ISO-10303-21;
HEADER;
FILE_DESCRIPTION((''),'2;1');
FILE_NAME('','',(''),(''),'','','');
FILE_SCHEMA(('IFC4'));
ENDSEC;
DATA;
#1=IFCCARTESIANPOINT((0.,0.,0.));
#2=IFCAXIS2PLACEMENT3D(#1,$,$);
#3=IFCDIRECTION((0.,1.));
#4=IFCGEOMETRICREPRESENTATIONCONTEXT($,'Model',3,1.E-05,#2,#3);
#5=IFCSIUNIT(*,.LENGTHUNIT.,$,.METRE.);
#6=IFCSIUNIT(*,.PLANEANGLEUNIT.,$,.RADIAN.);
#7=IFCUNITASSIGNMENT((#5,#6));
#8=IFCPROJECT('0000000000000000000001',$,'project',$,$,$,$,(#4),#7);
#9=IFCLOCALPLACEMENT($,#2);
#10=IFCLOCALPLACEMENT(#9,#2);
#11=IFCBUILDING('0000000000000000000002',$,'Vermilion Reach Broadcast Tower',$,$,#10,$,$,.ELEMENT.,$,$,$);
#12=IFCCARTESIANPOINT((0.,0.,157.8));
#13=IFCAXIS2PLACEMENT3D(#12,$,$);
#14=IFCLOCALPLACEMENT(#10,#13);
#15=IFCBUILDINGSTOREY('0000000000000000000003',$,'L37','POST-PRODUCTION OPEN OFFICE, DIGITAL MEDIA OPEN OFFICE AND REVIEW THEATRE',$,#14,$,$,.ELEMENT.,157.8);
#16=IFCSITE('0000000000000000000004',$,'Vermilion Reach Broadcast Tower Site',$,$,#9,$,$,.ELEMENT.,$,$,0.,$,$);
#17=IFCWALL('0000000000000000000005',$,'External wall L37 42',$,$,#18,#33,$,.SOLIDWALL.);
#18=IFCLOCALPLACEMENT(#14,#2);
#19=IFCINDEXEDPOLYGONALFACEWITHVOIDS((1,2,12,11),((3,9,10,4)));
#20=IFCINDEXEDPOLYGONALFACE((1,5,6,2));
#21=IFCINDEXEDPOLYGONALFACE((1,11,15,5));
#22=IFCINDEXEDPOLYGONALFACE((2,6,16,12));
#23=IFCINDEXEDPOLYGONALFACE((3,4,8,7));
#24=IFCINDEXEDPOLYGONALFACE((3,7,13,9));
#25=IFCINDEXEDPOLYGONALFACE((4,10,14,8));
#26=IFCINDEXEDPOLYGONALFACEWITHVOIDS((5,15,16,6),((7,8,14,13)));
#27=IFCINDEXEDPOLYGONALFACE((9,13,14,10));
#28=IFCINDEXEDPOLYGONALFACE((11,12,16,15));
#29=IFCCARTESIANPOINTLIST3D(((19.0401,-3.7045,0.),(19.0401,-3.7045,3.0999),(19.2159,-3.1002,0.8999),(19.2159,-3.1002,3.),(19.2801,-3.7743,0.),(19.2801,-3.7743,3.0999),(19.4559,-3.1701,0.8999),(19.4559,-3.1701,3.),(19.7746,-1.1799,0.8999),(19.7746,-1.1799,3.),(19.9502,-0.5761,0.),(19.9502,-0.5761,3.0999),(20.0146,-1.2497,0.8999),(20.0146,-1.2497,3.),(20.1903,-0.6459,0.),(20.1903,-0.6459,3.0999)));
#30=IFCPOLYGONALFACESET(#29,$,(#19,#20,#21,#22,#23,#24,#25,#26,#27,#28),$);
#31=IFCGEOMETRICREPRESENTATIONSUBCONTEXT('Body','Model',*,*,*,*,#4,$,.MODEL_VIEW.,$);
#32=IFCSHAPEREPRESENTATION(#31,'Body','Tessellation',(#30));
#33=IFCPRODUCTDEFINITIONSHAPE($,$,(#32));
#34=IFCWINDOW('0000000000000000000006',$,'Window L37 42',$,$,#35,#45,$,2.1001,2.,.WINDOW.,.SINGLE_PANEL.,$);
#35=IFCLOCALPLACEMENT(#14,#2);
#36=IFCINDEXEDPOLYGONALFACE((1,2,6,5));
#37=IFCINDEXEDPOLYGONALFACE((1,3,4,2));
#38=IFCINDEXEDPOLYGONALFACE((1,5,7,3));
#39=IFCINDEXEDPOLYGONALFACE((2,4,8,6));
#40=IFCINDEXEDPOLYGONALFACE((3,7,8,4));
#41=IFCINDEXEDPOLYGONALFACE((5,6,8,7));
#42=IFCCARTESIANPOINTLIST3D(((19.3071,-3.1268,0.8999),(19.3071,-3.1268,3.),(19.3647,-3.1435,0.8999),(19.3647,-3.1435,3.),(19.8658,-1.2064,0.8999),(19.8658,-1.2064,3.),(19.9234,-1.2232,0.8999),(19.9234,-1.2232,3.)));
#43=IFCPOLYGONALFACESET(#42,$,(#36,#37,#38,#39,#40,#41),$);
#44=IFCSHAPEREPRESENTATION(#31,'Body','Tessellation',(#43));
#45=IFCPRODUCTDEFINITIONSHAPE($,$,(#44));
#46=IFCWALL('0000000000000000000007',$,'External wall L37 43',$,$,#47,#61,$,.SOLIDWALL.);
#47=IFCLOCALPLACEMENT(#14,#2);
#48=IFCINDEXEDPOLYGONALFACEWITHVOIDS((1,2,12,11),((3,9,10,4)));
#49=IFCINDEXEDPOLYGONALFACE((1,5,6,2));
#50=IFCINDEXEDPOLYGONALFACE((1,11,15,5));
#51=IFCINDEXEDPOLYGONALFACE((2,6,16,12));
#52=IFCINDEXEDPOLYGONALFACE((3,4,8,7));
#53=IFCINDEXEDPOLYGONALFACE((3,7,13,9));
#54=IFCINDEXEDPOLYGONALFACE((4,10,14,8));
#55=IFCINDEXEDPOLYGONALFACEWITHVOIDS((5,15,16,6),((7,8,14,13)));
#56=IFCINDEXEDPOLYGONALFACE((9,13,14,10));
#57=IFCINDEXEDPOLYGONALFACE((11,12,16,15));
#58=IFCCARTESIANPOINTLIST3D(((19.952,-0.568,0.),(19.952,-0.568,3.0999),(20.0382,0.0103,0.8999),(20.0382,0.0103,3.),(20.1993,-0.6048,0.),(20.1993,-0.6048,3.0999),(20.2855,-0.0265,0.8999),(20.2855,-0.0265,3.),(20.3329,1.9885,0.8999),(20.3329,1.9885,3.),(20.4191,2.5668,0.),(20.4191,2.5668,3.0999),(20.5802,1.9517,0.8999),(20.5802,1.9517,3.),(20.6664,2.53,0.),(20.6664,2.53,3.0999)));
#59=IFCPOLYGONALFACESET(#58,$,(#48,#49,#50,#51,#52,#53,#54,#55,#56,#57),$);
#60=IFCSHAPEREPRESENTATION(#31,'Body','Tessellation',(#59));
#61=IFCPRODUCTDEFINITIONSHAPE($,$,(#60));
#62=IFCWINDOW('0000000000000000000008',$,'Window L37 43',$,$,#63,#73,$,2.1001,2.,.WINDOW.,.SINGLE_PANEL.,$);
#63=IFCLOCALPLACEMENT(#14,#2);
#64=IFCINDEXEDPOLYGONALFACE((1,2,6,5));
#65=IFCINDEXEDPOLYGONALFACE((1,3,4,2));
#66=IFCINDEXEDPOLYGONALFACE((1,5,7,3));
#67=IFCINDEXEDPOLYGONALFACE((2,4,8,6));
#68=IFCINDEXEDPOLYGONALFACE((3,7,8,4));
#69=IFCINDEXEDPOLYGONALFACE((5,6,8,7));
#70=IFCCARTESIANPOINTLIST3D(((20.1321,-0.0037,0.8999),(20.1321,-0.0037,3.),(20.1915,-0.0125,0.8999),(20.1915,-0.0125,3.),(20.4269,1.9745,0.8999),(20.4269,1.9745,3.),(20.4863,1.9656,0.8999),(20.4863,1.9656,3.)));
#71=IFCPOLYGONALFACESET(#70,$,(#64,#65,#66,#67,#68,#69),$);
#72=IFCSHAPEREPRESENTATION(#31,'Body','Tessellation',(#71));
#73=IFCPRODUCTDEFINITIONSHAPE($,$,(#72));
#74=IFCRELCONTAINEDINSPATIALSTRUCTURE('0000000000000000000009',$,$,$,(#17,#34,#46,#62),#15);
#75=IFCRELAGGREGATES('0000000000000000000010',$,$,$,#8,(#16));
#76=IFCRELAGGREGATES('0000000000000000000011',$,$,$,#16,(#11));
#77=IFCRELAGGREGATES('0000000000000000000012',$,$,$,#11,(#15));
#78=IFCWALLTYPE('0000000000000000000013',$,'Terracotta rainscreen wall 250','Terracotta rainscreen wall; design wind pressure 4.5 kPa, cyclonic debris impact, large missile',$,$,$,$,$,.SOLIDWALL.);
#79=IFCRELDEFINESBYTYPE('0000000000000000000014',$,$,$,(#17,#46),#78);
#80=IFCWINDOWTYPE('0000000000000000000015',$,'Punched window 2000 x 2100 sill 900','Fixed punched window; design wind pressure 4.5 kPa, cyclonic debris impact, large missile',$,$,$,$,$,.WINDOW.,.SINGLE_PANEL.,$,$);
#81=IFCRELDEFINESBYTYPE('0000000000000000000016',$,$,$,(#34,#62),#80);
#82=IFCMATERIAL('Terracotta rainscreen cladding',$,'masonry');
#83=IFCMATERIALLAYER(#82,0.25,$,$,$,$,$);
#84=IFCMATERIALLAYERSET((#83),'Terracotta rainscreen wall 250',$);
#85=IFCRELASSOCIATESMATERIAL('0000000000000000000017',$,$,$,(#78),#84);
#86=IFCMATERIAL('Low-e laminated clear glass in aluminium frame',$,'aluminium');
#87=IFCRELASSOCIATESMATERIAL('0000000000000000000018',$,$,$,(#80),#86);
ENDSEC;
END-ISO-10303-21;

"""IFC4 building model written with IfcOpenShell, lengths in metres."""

from ifc_helpers import new_model, si_unit, direction, frame, frame_2d, origin, place, context, subcontext, project, spatial, rectangle, extrude, material, layer, layer_set, type_object, element, fill, save


model = new_model("IFC4")

# Units and contexts
model_context = context("Model", 3, precision=1e-05, world=origin(), true_north=direction((0.0, 1.0)))
body_context = subcontext(model_context, "Body", "Model", "MODEL_VIEW")
ifc_project = project(units=[si_unit("LENGTHUNIT", "METRE"), si_unit("PLANEANGLEUNIT", "RADIAN")], contexts=[model_context])

# Site, building, storey
site_placement = place(None, origin())
site = spatial("IfcSite", under=ifc_project, at=site_placement, Name="Vermilion Reach Broadcast Tower Site", CompositionType="ELEMENT", RefElevation=0.0)
building_placement = place(site_placement, origin())
building = spatial("IfcBuilding", under=site, at=building_placement, Name="Vermilion Reach Broadcast Tower", CompositionType="ELEMENT")
storey_placement = place(building_placement, frame((0.0, 0.0, 157.8)))
storey = spatial("IfcBuildingStorey", under=building, at=storey_placement, Name="L37", Description="POST-PRODUCTION OPEN OFFICE, DIGITAL MEDIA OPEN OFFICE AND REVIEW THEATRE", CompositionType="ELEMENT", Elevation=157.8)

# Shared definitions
ifc_material_1 = material(Name="Terracotta rainscreen cladding", Category="masonry")
ifc_layer_1 = layer(ifc_material_1, 0.25)
ifc_layer_set_1 = layer_set([ifc_layer_1], Name="Terracotta rainscreen wall 250")
wall_type_1 = type_object("IfcWallType", Name="Terracotta rainscreen wall 250", Description="Terracotta rainscreen wall; design wind pressure 4.5 kPa, cyclonic debris impact, large missile", PredefinedType="SOLIDWALL", material=ifc_layer_set_1)

# Walls, openings, windows
ifc_material_2 = material(Name="Low-e laminated clear glass in aluminium frame", Category="aluminium")
window_type = type_object("IfcWindowType", Name="Punched window 2000 x 2100 sill 900", Description="Fixed punched window; design wind pressure 4.5 kPa, cyclonic debris impact, large missile", PartitioningType="SINGLE_PANEL", PredefinedType="WINDOW", material=ifc_material_2)
wall_1_placement = place(storey_placement, frame((19.1602, -3.7393, 0.0), z_axis=(0.0, 0.0, 1.0), x_axis=(0.27935, 0.960189, 0.0)))
wall_1 = element("IfcWall", 1, at=wall_1_placement, inside=storey, type_object=wall_type_1, Name="External wall L37 42", PredefinedType="SOLIDWALL", context=body_context, shape_type="SweptSolid", body=[
    extrude(rectangle(XDim=3.2581, YDim=0.25, at=frame_2d((1.6289, 0.0))), origin(), (0.0, 0.0, 1.0), 3.0999),
])
opening_1_placement = place(wall_1_placement, frame((0.6292, 0.0, 0.8999)))
opening_1 = element("IfcOpeningElement", 2, at=opening_1_placement, cuts=wall_1, PredefinedType="OPENING", context=body_context, shape_type="SweptSolid", body=[
    extrude(rectangle(XDim=2.0, YDim=2.1001, at=frame_2d((1.0, 1.05))), frame((0.0, 0.135, 0.0), z_axis=(0.0, -1.0, 0.0), x_axis=(1.0, 0.0, 0.0)), (0.0, 0.0, 1.0), 0.27),
])
window_1_placement = place(opening_1_placement, origin())
window_1 = element("IfcWindow", 3, at=window_1_placement, inside=storey, type_object=window_type, Name="Window L37 42", OverallHeight=2.1001, OverallWidth=2.0, PartitioningType="SINGLE_PANEL", PredefinedType="WINDOW", context=body_context, shape_type="SweptSolid", body=[
    extrude(rectangle(XDim=2.0, YDim=2.1001, at=frame_2d((1.0, 1.05))), frame((0.0, 0.03, 0.0), z_axis=(0.0, -1.0, 0.0), x_axis=(1.0, 0.0, 0.0)), (0.0, 0.0, 1.0), 0.0601),
])
fill(opening_1, window_1)
wall_2_placement = place(storey_placement, frame((20.0757, -0.5864, 0.0), z_axis=(0.0, 0.0, 1.0), x_axis=(0.147361, 0.989083, 0.0)))
wall_2 = element("IfcWall", 4, at=wall_2_placement, inside=storey, type_object=wall_type_1, Name="External wall L37 43", PredefinedType="SOLIDWALL", context=body_context, shape_type="SweptSolid", body=[
    extrude(rectangle(XDim=3.1694, YDim=0.25, at=frame_2d((1.5847, 0.0))), origin(), (0.0, 0.0, 1.0), 3.0999),
])
opening_2_placement = place(wall_2_placement, frame((0.5847, 0.0, 0.8999)))
opening_2 = element("IfcOpeningElement", 5, at=opening_2_placement, cuts=wall_2, PredefinedType="OPENING", context=body_context, shape_type="SweptSolid", body=[
    extrude(rectangle(XDim=2.0, YDim=2.1001, at=frame_2d((1.0, 1.05))), frame((0.0, 0.135, 0.0), z_axis=(0.0, -1.0, 0.0), x_axis=(1.0, 0.0, 0.0)), (0.0, 0.0, 1.0), 0.27),
])
window_2_placement = place(opening_2_placement, origin())
window_2 = element("IfcWindow", 6, at=window_2_placement, inside=storey, type_object=window_type, Name="Window L37 43", OverallHeight=2.1001, OverallWidth=2.0, PartitioningType="SINGLE_PANEL", PredefinedType="WINDOW", context=body_context, shape_type="SweptSolid", body=[
    extrude(rectangle(XDim=2.0, YDim=2.1001, at=frame_2d((1.0, 1.05))), frame((0.0, 0.03, 0.0), z_axis=(0.0, -1.0, 0.0), x_axis=(1.0, 0.0, 0.0)), (0.0, 0.0, 1.0), 0.0601),
])
fill(opening_2, window_2)

save(model, "model.ifc")
